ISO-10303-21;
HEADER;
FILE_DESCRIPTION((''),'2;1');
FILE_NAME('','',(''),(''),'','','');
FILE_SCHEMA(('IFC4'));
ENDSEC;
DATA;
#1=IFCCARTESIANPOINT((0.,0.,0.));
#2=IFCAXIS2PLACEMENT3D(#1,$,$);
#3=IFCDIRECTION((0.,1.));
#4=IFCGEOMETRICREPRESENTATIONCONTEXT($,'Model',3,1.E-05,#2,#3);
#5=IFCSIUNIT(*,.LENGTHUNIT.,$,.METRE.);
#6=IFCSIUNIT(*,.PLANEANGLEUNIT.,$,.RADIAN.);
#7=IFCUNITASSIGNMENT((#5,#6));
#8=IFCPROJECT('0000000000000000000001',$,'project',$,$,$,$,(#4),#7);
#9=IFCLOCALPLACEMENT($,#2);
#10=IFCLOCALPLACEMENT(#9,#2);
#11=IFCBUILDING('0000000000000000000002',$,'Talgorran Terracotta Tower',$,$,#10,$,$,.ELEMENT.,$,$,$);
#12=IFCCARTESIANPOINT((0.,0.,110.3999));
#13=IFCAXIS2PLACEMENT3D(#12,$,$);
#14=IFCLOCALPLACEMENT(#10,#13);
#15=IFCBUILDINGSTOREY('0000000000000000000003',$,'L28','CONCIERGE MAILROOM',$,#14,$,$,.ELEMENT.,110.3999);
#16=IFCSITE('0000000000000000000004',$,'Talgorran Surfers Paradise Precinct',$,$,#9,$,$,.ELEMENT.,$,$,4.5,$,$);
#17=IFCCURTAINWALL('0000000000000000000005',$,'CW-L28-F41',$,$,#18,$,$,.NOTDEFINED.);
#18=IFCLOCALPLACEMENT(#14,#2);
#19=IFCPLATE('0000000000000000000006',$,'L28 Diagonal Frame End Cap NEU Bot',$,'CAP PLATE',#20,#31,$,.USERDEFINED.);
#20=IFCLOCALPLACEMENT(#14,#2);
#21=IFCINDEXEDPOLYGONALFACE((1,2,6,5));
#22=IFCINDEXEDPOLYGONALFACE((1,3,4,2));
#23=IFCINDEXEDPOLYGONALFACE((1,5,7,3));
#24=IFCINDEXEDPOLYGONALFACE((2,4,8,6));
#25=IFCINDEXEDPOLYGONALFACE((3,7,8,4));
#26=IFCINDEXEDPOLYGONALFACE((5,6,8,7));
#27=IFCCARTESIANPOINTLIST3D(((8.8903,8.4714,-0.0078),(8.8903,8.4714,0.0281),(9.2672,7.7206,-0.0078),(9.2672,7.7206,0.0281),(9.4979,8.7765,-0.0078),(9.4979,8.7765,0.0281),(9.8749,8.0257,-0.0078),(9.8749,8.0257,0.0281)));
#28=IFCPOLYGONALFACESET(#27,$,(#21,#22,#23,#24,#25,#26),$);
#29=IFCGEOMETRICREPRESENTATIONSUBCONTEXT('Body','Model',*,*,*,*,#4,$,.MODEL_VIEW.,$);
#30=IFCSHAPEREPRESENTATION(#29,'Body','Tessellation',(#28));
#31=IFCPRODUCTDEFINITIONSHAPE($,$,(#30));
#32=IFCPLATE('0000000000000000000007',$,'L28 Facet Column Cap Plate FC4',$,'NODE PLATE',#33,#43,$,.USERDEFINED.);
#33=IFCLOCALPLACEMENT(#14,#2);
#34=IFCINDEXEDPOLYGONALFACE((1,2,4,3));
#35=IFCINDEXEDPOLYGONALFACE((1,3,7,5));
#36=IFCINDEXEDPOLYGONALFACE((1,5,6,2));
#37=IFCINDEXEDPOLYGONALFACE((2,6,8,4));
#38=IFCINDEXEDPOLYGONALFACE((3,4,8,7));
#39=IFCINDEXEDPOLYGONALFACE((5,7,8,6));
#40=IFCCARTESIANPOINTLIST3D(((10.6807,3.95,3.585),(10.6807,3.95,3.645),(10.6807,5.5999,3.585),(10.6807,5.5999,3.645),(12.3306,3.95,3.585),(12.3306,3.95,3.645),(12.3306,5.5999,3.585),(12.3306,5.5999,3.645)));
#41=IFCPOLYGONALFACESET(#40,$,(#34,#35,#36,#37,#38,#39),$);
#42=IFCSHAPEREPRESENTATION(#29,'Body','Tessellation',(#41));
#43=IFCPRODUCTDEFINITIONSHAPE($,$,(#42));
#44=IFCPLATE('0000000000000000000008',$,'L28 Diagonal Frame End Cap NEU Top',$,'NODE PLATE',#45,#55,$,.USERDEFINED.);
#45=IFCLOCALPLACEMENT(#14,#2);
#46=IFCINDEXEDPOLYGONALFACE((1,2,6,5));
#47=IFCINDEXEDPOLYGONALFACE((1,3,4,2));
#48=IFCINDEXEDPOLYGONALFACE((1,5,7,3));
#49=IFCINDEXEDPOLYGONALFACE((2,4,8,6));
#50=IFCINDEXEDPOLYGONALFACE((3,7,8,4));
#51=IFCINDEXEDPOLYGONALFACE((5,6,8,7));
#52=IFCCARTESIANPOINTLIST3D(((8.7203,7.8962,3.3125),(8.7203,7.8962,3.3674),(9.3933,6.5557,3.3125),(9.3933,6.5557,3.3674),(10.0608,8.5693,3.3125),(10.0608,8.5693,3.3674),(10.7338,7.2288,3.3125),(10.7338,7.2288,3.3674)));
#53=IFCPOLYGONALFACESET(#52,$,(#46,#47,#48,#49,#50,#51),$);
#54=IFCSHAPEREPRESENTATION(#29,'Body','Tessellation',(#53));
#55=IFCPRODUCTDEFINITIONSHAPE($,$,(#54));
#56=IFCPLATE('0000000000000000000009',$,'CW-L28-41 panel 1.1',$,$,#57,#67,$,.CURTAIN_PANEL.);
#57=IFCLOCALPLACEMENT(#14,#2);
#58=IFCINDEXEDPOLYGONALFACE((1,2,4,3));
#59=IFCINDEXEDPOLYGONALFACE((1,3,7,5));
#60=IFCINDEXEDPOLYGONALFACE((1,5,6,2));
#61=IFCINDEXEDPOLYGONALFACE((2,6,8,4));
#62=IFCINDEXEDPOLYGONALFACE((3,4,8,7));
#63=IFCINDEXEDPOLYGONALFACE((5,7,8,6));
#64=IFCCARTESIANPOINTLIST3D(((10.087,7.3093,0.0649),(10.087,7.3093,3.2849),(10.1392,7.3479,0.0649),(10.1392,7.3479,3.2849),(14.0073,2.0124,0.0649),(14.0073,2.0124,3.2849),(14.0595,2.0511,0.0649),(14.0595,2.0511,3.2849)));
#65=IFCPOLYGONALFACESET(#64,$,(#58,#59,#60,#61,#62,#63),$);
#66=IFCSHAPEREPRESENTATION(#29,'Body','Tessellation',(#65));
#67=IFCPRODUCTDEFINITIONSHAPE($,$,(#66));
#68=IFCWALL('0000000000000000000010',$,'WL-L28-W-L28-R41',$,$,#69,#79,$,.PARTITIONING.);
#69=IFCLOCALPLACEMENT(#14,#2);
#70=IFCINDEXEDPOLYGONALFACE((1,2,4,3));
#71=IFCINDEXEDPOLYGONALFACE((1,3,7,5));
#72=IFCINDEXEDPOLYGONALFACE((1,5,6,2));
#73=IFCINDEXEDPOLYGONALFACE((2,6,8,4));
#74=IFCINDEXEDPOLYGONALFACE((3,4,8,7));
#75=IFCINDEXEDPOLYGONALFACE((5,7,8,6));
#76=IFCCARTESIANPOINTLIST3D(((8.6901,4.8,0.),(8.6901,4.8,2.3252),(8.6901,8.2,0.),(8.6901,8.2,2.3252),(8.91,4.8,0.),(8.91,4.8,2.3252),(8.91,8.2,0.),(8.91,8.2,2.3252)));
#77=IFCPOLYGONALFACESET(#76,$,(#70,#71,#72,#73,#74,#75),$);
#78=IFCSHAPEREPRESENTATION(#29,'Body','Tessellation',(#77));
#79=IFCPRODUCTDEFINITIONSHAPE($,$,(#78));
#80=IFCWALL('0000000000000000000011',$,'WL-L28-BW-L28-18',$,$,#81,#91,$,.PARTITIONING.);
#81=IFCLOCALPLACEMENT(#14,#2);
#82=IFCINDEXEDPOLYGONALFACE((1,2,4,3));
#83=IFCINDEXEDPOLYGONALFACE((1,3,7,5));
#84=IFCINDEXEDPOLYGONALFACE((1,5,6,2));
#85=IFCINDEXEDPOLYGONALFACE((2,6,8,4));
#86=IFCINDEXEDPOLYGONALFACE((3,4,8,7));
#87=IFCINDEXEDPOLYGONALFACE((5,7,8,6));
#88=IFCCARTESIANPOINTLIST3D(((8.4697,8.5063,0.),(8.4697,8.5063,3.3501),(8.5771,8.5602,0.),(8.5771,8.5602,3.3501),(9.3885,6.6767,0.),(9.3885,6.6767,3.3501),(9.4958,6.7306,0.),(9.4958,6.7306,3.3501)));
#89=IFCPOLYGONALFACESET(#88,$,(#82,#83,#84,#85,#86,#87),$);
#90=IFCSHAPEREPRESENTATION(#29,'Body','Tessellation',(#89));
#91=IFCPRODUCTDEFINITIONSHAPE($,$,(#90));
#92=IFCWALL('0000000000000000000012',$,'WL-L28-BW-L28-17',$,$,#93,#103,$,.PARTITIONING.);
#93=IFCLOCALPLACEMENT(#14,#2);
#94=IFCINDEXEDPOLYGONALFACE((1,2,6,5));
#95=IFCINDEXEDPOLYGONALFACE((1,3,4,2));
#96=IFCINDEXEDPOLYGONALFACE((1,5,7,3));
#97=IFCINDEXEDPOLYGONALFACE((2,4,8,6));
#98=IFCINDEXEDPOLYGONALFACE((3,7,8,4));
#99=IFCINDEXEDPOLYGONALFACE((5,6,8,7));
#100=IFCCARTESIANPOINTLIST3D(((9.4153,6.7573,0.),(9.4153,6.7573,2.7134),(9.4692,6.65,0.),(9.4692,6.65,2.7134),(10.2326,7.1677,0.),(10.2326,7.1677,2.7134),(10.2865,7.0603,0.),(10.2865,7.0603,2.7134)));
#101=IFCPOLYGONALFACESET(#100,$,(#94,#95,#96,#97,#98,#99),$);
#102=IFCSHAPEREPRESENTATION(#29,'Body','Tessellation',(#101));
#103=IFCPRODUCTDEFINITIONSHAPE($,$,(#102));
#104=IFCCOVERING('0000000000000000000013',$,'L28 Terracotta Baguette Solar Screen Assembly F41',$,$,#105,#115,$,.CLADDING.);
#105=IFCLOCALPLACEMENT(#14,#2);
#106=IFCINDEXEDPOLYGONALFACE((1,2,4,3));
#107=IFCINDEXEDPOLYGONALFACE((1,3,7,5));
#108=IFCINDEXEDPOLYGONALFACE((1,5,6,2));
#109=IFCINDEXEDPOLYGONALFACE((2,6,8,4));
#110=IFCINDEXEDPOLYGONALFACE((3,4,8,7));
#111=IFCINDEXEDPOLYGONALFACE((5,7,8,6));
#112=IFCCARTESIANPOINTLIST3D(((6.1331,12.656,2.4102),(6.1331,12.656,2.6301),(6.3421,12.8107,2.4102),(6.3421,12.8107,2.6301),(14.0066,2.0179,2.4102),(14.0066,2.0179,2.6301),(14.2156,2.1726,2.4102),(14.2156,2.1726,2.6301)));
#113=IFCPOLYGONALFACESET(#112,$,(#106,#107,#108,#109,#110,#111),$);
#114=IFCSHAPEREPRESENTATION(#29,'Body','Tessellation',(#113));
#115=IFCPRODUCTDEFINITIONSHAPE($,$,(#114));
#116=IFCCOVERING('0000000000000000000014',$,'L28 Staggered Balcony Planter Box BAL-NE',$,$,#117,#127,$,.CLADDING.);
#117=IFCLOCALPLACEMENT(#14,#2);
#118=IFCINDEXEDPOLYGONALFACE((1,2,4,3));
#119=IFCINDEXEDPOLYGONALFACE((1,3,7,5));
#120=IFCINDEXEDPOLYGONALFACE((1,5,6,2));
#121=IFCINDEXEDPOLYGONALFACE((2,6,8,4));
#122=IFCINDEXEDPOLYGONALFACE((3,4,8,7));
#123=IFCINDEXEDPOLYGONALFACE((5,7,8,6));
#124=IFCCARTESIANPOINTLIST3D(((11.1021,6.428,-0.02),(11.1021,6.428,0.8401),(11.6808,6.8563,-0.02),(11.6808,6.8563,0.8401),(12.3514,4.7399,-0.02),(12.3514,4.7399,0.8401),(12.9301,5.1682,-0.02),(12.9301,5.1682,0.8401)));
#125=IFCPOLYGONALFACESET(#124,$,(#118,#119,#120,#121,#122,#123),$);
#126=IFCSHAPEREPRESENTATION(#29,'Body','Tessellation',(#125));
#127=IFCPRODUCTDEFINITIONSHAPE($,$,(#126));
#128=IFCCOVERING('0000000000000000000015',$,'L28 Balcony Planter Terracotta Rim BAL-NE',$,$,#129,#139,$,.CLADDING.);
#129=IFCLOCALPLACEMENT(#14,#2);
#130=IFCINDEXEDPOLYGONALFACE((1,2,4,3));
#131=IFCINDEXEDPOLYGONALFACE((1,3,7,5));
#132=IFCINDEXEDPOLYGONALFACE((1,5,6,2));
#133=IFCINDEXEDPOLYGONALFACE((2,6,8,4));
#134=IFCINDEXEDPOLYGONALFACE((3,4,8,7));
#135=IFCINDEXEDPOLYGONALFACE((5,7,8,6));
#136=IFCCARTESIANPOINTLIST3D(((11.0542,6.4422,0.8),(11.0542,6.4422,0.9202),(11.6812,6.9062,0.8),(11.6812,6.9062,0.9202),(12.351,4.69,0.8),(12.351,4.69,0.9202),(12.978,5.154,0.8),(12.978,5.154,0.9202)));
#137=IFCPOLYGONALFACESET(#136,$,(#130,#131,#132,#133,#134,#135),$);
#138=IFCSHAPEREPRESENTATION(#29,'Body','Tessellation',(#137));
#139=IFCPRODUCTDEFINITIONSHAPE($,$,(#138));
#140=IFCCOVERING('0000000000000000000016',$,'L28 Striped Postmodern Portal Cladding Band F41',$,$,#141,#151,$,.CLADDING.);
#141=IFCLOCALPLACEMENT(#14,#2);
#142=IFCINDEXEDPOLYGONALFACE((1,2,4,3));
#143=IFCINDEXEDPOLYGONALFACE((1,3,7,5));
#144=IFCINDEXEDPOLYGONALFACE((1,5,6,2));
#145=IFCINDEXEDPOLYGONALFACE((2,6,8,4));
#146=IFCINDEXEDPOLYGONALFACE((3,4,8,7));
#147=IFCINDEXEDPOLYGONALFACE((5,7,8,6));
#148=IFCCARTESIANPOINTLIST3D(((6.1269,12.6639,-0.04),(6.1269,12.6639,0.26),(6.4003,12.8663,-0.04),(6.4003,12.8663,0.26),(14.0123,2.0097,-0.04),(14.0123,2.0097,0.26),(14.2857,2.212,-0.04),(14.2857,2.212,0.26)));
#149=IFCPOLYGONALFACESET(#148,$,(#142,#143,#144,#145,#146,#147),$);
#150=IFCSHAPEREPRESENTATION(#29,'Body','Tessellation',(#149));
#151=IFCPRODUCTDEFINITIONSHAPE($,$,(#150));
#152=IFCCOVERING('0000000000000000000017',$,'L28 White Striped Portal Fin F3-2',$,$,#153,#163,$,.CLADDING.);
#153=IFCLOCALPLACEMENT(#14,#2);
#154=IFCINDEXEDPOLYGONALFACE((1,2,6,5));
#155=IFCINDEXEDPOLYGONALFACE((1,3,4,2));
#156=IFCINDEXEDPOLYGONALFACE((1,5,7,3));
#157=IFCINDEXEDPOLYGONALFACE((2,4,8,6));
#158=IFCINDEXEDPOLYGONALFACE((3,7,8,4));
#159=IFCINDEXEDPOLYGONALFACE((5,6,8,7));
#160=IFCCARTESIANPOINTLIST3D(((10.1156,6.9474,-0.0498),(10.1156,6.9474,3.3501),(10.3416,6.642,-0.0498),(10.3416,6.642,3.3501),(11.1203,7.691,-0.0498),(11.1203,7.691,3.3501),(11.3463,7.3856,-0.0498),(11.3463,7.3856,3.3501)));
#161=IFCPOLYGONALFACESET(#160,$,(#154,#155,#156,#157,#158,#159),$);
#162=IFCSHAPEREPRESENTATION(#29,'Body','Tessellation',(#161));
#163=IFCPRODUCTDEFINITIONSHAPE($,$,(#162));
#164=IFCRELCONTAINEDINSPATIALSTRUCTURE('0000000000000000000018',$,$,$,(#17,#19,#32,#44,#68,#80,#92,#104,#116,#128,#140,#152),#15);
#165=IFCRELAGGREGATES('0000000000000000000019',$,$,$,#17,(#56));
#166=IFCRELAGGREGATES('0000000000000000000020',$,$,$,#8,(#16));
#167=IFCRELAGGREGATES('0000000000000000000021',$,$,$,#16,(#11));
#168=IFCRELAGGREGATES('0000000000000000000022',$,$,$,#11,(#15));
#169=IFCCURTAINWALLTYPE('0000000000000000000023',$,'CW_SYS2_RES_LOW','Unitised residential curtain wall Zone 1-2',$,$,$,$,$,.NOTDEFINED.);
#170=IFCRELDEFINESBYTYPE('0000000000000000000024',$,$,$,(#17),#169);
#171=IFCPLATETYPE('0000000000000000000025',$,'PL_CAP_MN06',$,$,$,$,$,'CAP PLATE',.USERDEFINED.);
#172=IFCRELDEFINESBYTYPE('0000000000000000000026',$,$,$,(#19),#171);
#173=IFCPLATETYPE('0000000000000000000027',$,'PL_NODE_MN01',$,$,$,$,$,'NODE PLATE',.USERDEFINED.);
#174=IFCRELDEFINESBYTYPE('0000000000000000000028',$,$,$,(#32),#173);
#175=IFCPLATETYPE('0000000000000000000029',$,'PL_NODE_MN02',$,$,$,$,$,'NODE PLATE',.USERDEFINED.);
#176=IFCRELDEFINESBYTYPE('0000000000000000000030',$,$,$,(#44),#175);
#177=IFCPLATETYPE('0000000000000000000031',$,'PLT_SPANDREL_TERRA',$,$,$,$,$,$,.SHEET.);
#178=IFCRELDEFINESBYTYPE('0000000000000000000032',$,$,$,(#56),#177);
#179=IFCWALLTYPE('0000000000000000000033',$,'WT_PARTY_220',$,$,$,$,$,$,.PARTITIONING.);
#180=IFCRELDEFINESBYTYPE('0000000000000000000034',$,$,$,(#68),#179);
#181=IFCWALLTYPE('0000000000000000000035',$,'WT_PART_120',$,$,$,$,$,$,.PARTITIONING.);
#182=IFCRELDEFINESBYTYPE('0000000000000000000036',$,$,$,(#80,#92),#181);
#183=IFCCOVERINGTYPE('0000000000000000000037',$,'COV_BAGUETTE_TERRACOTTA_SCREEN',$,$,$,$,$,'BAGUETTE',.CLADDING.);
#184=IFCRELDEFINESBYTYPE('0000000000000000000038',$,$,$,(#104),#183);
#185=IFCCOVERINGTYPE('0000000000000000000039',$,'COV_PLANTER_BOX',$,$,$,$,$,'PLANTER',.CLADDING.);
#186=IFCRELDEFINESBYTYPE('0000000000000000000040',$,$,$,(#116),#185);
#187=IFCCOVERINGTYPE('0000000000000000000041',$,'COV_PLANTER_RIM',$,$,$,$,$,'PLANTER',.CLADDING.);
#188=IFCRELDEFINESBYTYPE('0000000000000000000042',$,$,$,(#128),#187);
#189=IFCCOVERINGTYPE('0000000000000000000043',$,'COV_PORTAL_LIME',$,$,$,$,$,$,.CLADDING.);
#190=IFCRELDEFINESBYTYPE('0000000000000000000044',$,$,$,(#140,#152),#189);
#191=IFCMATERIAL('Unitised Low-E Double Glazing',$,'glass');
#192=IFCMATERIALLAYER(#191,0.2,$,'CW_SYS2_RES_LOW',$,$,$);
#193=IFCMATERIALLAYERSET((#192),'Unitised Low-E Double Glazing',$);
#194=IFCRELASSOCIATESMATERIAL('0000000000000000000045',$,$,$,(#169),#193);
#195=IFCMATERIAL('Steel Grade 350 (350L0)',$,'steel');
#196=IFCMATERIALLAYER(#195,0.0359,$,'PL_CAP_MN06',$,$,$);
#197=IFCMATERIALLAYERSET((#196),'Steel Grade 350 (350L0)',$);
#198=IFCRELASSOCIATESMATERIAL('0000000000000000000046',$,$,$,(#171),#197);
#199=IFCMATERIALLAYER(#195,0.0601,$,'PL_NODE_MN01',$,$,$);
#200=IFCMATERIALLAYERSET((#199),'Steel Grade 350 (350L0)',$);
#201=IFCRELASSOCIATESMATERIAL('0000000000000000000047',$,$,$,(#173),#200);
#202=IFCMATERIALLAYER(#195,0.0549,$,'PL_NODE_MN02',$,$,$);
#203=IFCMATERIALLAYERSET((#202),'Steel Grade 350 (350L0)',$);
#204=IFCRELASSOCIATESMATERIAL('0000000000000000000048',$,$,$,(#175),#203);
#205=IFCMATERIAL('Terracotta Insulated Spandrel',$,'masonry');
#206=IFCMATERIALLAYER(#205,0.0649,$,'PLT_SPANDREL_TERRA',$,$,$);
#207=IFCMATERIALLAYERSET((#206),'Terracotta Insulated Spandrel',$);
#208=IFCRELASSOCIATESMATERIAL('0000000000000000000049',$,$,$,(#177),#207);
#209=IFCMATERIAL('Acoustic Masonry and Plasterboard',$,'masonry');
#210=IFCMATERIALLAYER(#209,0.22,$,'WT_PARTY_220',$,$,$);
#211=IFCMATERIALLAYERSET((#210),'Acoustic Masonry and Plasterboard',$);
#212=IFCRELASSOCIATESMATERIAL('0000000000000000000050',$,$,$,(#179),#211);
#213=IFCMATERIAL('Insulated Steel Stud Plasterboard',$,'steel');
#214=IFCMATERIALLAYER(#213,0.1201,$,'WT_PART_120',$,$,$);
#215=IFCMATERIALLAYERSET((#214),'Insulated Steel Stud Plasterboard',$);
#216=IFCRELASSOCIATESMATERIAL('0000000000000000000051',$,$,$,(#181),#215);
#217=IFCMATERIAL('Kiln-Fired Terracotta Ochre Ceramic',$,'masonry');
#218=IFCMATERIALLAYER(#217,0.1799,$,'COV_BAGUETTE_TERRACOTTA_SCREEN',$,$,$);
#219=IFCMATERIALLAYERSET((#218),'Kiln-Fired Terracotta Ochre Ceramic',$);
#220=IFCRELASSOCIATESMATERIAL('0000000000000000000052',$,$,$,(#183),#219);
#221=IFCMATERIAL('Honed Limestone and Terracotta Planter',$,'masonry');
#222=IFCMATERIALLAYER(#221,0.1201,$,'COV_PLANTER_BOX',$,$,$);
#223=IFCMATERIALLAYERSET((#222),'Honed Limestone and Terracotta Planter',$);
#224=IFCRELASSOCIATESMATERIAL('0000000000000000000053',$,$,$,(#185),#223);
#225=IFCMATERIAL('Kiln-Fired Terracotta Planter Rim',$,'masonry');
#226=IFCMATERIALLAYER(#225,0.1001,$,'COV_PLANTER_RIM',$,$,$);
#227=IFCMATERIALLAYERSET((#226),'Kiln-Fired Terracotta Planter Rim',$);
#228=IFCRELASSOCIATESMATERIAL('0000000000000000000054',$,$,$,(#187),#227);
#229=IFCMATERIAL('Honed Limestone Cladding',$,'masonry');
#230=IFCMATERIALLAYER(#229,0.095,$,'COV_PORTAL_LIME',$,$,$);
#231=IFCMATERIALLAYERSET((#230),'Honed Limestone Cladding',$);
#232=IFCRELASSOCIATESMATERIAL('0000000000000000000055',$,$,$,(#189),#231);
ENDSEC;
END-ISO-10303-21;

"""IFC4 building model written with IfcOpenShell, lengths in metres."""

from ifc_helpers import new_model, si_unit, direction, frame, frame_2d, origin, origin_2d, place, context, subcontext, project, spatial, rectangle, extrude, source, transform, mapped, material, layer, layer_set, type_object, type_shapes, element, aggregate, save


model = new_model("IFC4")

# Units and contexts
model_context = context("Model", 3, precision=1e-05, world=origin(), true_north=direction((0.0, 1.0)))
body_context = subcontext(model_context, "Body", "Model", "MODEL_VIEW")
ifc_project = project(units=[si_unit("LENGTHUNIT", "METRE"), si_unit("PLANEANGLEUNIT", "RADIAN")], contexts=[model_context])

# Site, building, storey
site_placement = place(None, origin())
site = spatial("IfcSite", under=ifc_project, at=site_placement, Name="Talgorran Surfers Paradise Precinct", CompositionType="ELEMENT", RefElevation=4.5)
building_placement = place(site_placement, origin())
building = spatial("IfcBuilding", under=site, at=building_placement, Name="Talgorran Terracotta Tower", CompositionType="ELEMENT")
storey_placement = place(building_placement, frame((0.0, 0.0, 110.3999)))
storey = spatial("IfcBuildingStorey", under=building, at=storey_placement, Name="L28", Description="CONCIERGE MAILROOM", CompositionType="ELEMENT", Elevation=110.3999)

# Shared definitions
ifc_material_1 = material(Name="Steel Grade 350 (350L0)", Category="steel")

# Curtain wall
ifc_material_2 = material(Name="Unitised Low-E Double Glazing", Category="glass")
ifc_layer_1 = layer(ifc_material_2, 0.2, Name="CW_SYS2_RES_LOW")
ifc_layer_set_1 = layer_set([ifc_layer_1], Name="Unitised Low-E Double Glazing")
curtain_wall_type = type_object("IfcCurtainWallType", Name="CW_SYS2_RES_LOW", Description="Unitised residential curtain wall Zone 1-2", PredefinedType="NOTDEFINED", material=ifc_layer_set_1)
curtain_wall_placement = place(storey_placement, origin())
curtain_wall = element("IfcCurtainWall", 1, at=curtain_wall_placement, inside=storey, type_object=curtain_wall_type, Name="CW-L28-F41", PredefinedType="NOTDEFINED")

# Plates
ifc_layer_2 = layer(ifc_material_1, 0.0359, Name="PL_CAP_MN06")
ifc_layer_set_2 = layer_set([ifc_layer_2], Name="Steel Grade 350 (350L0)")
plate_type_1 = type_object("IfcPlateType", Name="PL_CAP_MN06", ElementType="CAP PLATE", PredefinedType="USERDEFINED", material=ifc_layer_set_2)
plate_1_placement = place(storey_placement, frame((9.3826, 8.2485, -0.0078), z_axis=(0.0, 0.0, 1.0), x_axis=(0.448695, -0.893685, 0.0)))
element("IfcPlate", 2, at=plate_1_placement, inside=storey, type_object=plate_type_1, Name="L28 Diagonal Frame End Cap NEU Bot", ObjectType="CAP PLATE", PredefinedType="USERDEFINED", context=body_context, shape_type="SweptSolid", body=[
    extrude(rectangle(XDim=0.8401, YDim=0.6799, at=origin_2d()), origin(), (0.0, 0.0, 1.0), 0.0359),
])
ifc_layer_3 = layer(ifc_material_1, 0.0601, Name="PL_NODE_MN01")
ifc_layer_set_3 = layer_set([ifc_layer_3], Name="Steel Grade 350 (350L0)")
plate_type_2 = type_object("IfcPlateType", Name="PL_NODE_MN01", ElementType="NODE PLATE", PredefinedType="USERDEFINED", material=ifc_layer_set_3)
plate_2_placement = place(storey_placement, frame((11.5056, 4.7749, 3.585), z_axis=(0.0, 0.0, 1.0), x_axis=(1.0, 0.0, 0.0)))
element("IfcPlate", 3, at=plate_2_placement, inside=storey, type_object=plate_type_2, Name="L28 Facet Column Cap Plate FC4", ObjectType="NODE PLATE", PredefinedType="USERDEFINED", context=body_context, shape_type="SweptSolid", body=[
    extrude(rectangle(XDim=1.6499, YDim=1.6499, at=origin_2d()), origin(), (0.0, 0.0, 1.0), 0.0601),
])
ifc_layer_4 = layer(ifc_material_1, 0.0549, Name="PL_NODE_MN02")
ifc_layer_set_4 = layer_set([ifc_layer_4], Name="Steel Grade 350 (350L0)")
plate_type_3 = type_object("IfcPlateType", Name="PL_NODE_MN02", ElementType="NODE PLATE", PredefinedType="USERDEFINED", material=ifc_layer_set_4)
plate_3_placement = place(storey_placement, frame((9.7271, 7.5625, 3.3125), z_axis=(0.0, 0.0, 1.0), x_axis=(0.448695, -0.893685, 0.0)))
element("IfcPlate", 4, at=plate_3_placement, inside=storey, type_object=plate_type_3, Name="L28 Diagonal Frame End Cap NEU Top", ObjectType="NODE PLATE", PredefinedType="USERDEFINED", context=body_context, shape_type="SweptSolid", body=[
    extrude(rectangle(XDim=1.5, YDim=1.5, at=origin_2d()), origin(), (0.0, 0.0, 1.0), 0.0549),
])

# Plate
ifc_material_3 = material(Name="Terracotta Insulated Spandrel", Category="masonry")
ifc_layer_5 = layer(ifc_material_3, 0.0649, Name="PLT_SPANDREL_TERRA")
ifc_layer_set_5 = layer_set([ifc_layer_5], Name="Terracotta Insulated Spandrel")
plate_type_4 = type_object("IfcPlateType", Name="PLT_SPANDREL_TERRA", PredefinedType="SHEET", material=ifc_layer_set_5)
shared_shape = source(origin(), body_context, "Body", "SweptSolid", [
    extrude(rectangle(XDim=6.5898, YDim=0.0649, at=origin_2d()), origin(), (0.0, 0.0, 1.0), 3.22),
])
type_shapes(plate_type_4, [shared_shape])
plate_4_placement = place(storey_placement, frame((12.0732, 4.6802, 0.0649), z_axis=(0.0, 0.0, 1.0), x_axis=(-0.594909, 0.803793, 0.0)))
plate_4 = element("IfcPlate", 5, at=plate_4_placement, type_object=plate_type_4, Name="CW-L28-41 panel 1.1", PredefinedType="CURTAIN_PANEL", context=body_context, shape_type="MappedRepresentation", body=[
    mapped(shared_shape, transform((0.0, 0.0, 0.0), scale=1.0)),
])
aggregate(curtain_wall, [plate_4])

# Walls
ifc_material_4 = material(Name="Acoustic Masonry and Plasterboard", Category="masonry")
ifc_layer_6 = layer(ifc_material_4, 0.22, Name="WT_PARTY_220")
ifc_layer_set_6 = layer_set([ifc_layer_6], Name="Acoustic Masonry and Plasterboard")
wall_type_1 = type_object("IfcWallType", Name="WT_PARTY_220", PredefinedType="PARTITIONING", material=ifc_layer_set_6)
wall_1_placement = place(storey_placement, frame((8.8, 4.8, 0.0), z_axis=(0.0, 0.0, 1.0), x_axis=(0.0, 1.0, 0.0)))
element("IfcWall", 6, at=wall_1_placement, inside=storey, type_object=wall_type_1, Name="WL-L28-W-L28-R41", PredefinedType="PARTITIONING", context=body_context, shape_type="SweptSolid", body=[
    extrude(rectangle(XDim=3.3999, YDim=0.22, at=frame_2d((1.7, 0.0))), origin(), (0.0, 0.0, 1.0), 2.3252),
])
ifc_material_5 = material(Name="Insulated Steel Stud Plasterboard", Category="steel")
ifc_layer_7 = layer(ifc_material_5, 0.1201, Name="WT_PART_120")
ifc_layer_set_7 = layer_set([ifc_layer_7], Name="Insulated Steel Stud Plasterboard")
wall_type_2 = type_object("IfcWallType", Name="WT_PART_120", PredefinedType="PARTITIONING", material=ifc_layer_set_7)
wall_2_placement = place(storey_placement, frame((9.4421, 6.7036, 0.0), z_axis=(0.0, 0.0, 1.0), x_axis=(-0.448739, 0.893663, 0.0)))
element("IfcWall", 7, at=wall_2_placement, inside=storey, type_object=wall_type_2, Name="WL-L28-BW-L28-18", PredefinedType="PARTITIONING", context=body_context, shape_type="SweptSolid", body=[
    extrude(rectangle(XDim=2.0474, YDim=0.1201, at=frame_2d((1.0237, 0.0))), origin(), (0.0, 0.0, 1.0), 3.3501),
])
wall_3_placement = place(storey_placement, frame((10.2595, 7.114, 0.0), z_axis=(0.0, 0.0, 1.0), x_axis=(-0.893679, -0.448708, 0.0)))
element("IfcWall", 8, at=wall_3_placement, inside=storey, type_object=wall_type_2, Name="WL-L28-BW-L28-17", PredefinedType="PARTITIONING", context=body_context, shape_type="SweptSolid", body=[
    extrude(rectangle(XDim=0.9146, YDim=0.1201, at=frame_2d((0.4573, 0.0))), origin(), (0.0, 0.0, 1.0), 2.7134),
])

# Coverings
ifc_material_6 = material(Name="Kiln-Fired Terracotta Ochre Ceramic", Category="masonry")
ifc_layer_8 = layer(ifc_material_6, 0.1799, Name="COV_BAGUETTE_TERRACOTTA_SCREEN")
ifc_layer_set_8 = layer_set([ifc_layer_8], Name="Kiln-Fired Terracotta Ochre Ceramic")
covering_type_1 = type_object("IfcCoveringType", Name="COV_BAGUETTE_TERRACOTTA_SCREEN", ElementType="BAGUETTE", PredefinedType="CLADDING", material=ifc_layer_set_8)
covering_1_placement = place(storey_placement, frame((10.1743, 7.4143, 2.4102), z_axis=(0.0, 0.0, 1.0), x_axis=(-0.594907, 0.803795, 0.0)))
element("IfcCovering", 9, at=covering_1_placement, inside=storey, type_object=covering_type_1, Name="L28 Terracotta Baguette Solar Screen Assembly F41", PredefinedType="CLADDING", context=body_context, shape_type="SweptSolid", body=[
    extrude(rectangle(XDim=13.2349, YDim=0.26, at=origin_2d()), origin(), (0.0, 0.0, 1.0), 0.22),
])
ifc_material_7 = material(Name="Honed Limestone and Terracotta Planter", Category="masonry")
ifc_layer_9 = layer(ifc_material_7, 0.1201, Name="COV_PLANTER_BOX")
ifc_layer_set_9 = layer_set([ifc_layer_9], Name="Honed Limestone and Terracotta Planter")
covering_type_2 = type_object("IfcCoveringType", Name="COV_PLANTER_BOX", ElementType="PLANTER", PredefinedType="CLADDING", material=ifc_layer_set_9)
covering_2_placement = place(storey_placement, frame((12.0161, 5.7981, -0.02), z_axis=(0.0, 0.0, 1.0), x_axis=(-0.594907, 0.803795, 0.0)))
element("IfcCovering", 10, at=covering_2_placement, inside=storey, type_object=covering_type_2, Name="L28 Staggered Balcony Planter Box BAL-NE", PredefinedType="CLADDING", context=body_context, shape_type="SweptSolid", body=[
    extrude(rectangle(XDim=2.1001, YDim=0.72, at=origin_2d()), origin(), (0.0, 0.0, 1.0), 0.8601),
])
ifc_material_8 = material(Name="Kiln-Fired Terracotta Planter Rim", Category="masonry")
ifc_layer_10 = layer(ifc_material_8, 0.1001, Name="COV_PLANTER_RIM")
ifc_layer_set_10 = layer_set([ifc_layer_10], Name="Kiln-Fired Terracotta Planter Rim")
covering_type_3 = type_object("IfcCoveringType", Name="COV_PLANTER_RIM", ElementType="PLANTER", PredefinedType="CLADDING", material=ifc_layer_set_10)
covering_3_placement = place(storey_placement, frame((12.0161, 5.7981, 0.8), z_axis=(0.0, 0.0, 1.0), x_axis=(-0.594907, 0.803795, 0.0)))
element("IfcCovering", 11, at=covering_3_placement, inside=storey, type_object=covering_type_3, Name="L28 Balcony Planter Terracotta Rim BAL-NE", PredefinedType="CLADDING", context=body_context, shape_type="SweptSolid", body=[
    extrude(rectangle(XDim=2.1799, YDim=0.78, at=origin_2d()), origin(), (0.0, 0.0, 1.0), 0.1201),
])
ifc_material_9 = material(Name="Honed Limestone Cladding", Category="masonry")
ifc_layer_11 = layer(ifc_material_9, 0.095, Name="COV_PORTAL_LIME")
ifc_layer_set_11 = layer_set([ifc_layer_11], Name="Honed Limestone Cladding")
covering_type_4 = type_object("IfcCoveringType", Name="COV_PORTAL_LIME", PredefinedType="CLADDING", material=ifc_layer_set_11)
covering_4_placement = place(storey_placement, frame((10.2063, 7.438, -0.04), z_axis=(0.0, 0.0, 1.0), x_axis=(-0.594907, 0.803795, 0.0)))
element("IfcCovering", 12, at=covering_4_placement, inside=storey, type_object=covering_type_4, Name="L28 Striped Postmodern Portal Cladding Band F41", PredefinedType="CLADDING", context=body_context, shape_type="SweptSolid", body=[
    extrude(rectangle(XDim=13.2549, YDim=0.3401, at=origin_2d()), origin(), (0.0, 0.0, 1.0), 0.3),
])
covering_5_placement = place(storey_placement, frame((10.731, 7.1665, -0.0498), z_axis=(0.0, 0.0, 1.0), x_axis=(-0.594907, 0.803795, 0.0)))
element("IfcCovering", 13, at=covering_5_placement, inside=storey, type_object=covering_type_4, Name="L28 White Striped Portal Fin F3-2", PredefinedType="CLADDING", context=body_context, shape_type="SweptSolid", body=[
    extrude(rectangle(XDim=0.3799, YDim=1.25, at=origin_2d()), origin(), (0.0, 0.0, 1.0), 3.3999),
])

save(model, "model.ifc")
